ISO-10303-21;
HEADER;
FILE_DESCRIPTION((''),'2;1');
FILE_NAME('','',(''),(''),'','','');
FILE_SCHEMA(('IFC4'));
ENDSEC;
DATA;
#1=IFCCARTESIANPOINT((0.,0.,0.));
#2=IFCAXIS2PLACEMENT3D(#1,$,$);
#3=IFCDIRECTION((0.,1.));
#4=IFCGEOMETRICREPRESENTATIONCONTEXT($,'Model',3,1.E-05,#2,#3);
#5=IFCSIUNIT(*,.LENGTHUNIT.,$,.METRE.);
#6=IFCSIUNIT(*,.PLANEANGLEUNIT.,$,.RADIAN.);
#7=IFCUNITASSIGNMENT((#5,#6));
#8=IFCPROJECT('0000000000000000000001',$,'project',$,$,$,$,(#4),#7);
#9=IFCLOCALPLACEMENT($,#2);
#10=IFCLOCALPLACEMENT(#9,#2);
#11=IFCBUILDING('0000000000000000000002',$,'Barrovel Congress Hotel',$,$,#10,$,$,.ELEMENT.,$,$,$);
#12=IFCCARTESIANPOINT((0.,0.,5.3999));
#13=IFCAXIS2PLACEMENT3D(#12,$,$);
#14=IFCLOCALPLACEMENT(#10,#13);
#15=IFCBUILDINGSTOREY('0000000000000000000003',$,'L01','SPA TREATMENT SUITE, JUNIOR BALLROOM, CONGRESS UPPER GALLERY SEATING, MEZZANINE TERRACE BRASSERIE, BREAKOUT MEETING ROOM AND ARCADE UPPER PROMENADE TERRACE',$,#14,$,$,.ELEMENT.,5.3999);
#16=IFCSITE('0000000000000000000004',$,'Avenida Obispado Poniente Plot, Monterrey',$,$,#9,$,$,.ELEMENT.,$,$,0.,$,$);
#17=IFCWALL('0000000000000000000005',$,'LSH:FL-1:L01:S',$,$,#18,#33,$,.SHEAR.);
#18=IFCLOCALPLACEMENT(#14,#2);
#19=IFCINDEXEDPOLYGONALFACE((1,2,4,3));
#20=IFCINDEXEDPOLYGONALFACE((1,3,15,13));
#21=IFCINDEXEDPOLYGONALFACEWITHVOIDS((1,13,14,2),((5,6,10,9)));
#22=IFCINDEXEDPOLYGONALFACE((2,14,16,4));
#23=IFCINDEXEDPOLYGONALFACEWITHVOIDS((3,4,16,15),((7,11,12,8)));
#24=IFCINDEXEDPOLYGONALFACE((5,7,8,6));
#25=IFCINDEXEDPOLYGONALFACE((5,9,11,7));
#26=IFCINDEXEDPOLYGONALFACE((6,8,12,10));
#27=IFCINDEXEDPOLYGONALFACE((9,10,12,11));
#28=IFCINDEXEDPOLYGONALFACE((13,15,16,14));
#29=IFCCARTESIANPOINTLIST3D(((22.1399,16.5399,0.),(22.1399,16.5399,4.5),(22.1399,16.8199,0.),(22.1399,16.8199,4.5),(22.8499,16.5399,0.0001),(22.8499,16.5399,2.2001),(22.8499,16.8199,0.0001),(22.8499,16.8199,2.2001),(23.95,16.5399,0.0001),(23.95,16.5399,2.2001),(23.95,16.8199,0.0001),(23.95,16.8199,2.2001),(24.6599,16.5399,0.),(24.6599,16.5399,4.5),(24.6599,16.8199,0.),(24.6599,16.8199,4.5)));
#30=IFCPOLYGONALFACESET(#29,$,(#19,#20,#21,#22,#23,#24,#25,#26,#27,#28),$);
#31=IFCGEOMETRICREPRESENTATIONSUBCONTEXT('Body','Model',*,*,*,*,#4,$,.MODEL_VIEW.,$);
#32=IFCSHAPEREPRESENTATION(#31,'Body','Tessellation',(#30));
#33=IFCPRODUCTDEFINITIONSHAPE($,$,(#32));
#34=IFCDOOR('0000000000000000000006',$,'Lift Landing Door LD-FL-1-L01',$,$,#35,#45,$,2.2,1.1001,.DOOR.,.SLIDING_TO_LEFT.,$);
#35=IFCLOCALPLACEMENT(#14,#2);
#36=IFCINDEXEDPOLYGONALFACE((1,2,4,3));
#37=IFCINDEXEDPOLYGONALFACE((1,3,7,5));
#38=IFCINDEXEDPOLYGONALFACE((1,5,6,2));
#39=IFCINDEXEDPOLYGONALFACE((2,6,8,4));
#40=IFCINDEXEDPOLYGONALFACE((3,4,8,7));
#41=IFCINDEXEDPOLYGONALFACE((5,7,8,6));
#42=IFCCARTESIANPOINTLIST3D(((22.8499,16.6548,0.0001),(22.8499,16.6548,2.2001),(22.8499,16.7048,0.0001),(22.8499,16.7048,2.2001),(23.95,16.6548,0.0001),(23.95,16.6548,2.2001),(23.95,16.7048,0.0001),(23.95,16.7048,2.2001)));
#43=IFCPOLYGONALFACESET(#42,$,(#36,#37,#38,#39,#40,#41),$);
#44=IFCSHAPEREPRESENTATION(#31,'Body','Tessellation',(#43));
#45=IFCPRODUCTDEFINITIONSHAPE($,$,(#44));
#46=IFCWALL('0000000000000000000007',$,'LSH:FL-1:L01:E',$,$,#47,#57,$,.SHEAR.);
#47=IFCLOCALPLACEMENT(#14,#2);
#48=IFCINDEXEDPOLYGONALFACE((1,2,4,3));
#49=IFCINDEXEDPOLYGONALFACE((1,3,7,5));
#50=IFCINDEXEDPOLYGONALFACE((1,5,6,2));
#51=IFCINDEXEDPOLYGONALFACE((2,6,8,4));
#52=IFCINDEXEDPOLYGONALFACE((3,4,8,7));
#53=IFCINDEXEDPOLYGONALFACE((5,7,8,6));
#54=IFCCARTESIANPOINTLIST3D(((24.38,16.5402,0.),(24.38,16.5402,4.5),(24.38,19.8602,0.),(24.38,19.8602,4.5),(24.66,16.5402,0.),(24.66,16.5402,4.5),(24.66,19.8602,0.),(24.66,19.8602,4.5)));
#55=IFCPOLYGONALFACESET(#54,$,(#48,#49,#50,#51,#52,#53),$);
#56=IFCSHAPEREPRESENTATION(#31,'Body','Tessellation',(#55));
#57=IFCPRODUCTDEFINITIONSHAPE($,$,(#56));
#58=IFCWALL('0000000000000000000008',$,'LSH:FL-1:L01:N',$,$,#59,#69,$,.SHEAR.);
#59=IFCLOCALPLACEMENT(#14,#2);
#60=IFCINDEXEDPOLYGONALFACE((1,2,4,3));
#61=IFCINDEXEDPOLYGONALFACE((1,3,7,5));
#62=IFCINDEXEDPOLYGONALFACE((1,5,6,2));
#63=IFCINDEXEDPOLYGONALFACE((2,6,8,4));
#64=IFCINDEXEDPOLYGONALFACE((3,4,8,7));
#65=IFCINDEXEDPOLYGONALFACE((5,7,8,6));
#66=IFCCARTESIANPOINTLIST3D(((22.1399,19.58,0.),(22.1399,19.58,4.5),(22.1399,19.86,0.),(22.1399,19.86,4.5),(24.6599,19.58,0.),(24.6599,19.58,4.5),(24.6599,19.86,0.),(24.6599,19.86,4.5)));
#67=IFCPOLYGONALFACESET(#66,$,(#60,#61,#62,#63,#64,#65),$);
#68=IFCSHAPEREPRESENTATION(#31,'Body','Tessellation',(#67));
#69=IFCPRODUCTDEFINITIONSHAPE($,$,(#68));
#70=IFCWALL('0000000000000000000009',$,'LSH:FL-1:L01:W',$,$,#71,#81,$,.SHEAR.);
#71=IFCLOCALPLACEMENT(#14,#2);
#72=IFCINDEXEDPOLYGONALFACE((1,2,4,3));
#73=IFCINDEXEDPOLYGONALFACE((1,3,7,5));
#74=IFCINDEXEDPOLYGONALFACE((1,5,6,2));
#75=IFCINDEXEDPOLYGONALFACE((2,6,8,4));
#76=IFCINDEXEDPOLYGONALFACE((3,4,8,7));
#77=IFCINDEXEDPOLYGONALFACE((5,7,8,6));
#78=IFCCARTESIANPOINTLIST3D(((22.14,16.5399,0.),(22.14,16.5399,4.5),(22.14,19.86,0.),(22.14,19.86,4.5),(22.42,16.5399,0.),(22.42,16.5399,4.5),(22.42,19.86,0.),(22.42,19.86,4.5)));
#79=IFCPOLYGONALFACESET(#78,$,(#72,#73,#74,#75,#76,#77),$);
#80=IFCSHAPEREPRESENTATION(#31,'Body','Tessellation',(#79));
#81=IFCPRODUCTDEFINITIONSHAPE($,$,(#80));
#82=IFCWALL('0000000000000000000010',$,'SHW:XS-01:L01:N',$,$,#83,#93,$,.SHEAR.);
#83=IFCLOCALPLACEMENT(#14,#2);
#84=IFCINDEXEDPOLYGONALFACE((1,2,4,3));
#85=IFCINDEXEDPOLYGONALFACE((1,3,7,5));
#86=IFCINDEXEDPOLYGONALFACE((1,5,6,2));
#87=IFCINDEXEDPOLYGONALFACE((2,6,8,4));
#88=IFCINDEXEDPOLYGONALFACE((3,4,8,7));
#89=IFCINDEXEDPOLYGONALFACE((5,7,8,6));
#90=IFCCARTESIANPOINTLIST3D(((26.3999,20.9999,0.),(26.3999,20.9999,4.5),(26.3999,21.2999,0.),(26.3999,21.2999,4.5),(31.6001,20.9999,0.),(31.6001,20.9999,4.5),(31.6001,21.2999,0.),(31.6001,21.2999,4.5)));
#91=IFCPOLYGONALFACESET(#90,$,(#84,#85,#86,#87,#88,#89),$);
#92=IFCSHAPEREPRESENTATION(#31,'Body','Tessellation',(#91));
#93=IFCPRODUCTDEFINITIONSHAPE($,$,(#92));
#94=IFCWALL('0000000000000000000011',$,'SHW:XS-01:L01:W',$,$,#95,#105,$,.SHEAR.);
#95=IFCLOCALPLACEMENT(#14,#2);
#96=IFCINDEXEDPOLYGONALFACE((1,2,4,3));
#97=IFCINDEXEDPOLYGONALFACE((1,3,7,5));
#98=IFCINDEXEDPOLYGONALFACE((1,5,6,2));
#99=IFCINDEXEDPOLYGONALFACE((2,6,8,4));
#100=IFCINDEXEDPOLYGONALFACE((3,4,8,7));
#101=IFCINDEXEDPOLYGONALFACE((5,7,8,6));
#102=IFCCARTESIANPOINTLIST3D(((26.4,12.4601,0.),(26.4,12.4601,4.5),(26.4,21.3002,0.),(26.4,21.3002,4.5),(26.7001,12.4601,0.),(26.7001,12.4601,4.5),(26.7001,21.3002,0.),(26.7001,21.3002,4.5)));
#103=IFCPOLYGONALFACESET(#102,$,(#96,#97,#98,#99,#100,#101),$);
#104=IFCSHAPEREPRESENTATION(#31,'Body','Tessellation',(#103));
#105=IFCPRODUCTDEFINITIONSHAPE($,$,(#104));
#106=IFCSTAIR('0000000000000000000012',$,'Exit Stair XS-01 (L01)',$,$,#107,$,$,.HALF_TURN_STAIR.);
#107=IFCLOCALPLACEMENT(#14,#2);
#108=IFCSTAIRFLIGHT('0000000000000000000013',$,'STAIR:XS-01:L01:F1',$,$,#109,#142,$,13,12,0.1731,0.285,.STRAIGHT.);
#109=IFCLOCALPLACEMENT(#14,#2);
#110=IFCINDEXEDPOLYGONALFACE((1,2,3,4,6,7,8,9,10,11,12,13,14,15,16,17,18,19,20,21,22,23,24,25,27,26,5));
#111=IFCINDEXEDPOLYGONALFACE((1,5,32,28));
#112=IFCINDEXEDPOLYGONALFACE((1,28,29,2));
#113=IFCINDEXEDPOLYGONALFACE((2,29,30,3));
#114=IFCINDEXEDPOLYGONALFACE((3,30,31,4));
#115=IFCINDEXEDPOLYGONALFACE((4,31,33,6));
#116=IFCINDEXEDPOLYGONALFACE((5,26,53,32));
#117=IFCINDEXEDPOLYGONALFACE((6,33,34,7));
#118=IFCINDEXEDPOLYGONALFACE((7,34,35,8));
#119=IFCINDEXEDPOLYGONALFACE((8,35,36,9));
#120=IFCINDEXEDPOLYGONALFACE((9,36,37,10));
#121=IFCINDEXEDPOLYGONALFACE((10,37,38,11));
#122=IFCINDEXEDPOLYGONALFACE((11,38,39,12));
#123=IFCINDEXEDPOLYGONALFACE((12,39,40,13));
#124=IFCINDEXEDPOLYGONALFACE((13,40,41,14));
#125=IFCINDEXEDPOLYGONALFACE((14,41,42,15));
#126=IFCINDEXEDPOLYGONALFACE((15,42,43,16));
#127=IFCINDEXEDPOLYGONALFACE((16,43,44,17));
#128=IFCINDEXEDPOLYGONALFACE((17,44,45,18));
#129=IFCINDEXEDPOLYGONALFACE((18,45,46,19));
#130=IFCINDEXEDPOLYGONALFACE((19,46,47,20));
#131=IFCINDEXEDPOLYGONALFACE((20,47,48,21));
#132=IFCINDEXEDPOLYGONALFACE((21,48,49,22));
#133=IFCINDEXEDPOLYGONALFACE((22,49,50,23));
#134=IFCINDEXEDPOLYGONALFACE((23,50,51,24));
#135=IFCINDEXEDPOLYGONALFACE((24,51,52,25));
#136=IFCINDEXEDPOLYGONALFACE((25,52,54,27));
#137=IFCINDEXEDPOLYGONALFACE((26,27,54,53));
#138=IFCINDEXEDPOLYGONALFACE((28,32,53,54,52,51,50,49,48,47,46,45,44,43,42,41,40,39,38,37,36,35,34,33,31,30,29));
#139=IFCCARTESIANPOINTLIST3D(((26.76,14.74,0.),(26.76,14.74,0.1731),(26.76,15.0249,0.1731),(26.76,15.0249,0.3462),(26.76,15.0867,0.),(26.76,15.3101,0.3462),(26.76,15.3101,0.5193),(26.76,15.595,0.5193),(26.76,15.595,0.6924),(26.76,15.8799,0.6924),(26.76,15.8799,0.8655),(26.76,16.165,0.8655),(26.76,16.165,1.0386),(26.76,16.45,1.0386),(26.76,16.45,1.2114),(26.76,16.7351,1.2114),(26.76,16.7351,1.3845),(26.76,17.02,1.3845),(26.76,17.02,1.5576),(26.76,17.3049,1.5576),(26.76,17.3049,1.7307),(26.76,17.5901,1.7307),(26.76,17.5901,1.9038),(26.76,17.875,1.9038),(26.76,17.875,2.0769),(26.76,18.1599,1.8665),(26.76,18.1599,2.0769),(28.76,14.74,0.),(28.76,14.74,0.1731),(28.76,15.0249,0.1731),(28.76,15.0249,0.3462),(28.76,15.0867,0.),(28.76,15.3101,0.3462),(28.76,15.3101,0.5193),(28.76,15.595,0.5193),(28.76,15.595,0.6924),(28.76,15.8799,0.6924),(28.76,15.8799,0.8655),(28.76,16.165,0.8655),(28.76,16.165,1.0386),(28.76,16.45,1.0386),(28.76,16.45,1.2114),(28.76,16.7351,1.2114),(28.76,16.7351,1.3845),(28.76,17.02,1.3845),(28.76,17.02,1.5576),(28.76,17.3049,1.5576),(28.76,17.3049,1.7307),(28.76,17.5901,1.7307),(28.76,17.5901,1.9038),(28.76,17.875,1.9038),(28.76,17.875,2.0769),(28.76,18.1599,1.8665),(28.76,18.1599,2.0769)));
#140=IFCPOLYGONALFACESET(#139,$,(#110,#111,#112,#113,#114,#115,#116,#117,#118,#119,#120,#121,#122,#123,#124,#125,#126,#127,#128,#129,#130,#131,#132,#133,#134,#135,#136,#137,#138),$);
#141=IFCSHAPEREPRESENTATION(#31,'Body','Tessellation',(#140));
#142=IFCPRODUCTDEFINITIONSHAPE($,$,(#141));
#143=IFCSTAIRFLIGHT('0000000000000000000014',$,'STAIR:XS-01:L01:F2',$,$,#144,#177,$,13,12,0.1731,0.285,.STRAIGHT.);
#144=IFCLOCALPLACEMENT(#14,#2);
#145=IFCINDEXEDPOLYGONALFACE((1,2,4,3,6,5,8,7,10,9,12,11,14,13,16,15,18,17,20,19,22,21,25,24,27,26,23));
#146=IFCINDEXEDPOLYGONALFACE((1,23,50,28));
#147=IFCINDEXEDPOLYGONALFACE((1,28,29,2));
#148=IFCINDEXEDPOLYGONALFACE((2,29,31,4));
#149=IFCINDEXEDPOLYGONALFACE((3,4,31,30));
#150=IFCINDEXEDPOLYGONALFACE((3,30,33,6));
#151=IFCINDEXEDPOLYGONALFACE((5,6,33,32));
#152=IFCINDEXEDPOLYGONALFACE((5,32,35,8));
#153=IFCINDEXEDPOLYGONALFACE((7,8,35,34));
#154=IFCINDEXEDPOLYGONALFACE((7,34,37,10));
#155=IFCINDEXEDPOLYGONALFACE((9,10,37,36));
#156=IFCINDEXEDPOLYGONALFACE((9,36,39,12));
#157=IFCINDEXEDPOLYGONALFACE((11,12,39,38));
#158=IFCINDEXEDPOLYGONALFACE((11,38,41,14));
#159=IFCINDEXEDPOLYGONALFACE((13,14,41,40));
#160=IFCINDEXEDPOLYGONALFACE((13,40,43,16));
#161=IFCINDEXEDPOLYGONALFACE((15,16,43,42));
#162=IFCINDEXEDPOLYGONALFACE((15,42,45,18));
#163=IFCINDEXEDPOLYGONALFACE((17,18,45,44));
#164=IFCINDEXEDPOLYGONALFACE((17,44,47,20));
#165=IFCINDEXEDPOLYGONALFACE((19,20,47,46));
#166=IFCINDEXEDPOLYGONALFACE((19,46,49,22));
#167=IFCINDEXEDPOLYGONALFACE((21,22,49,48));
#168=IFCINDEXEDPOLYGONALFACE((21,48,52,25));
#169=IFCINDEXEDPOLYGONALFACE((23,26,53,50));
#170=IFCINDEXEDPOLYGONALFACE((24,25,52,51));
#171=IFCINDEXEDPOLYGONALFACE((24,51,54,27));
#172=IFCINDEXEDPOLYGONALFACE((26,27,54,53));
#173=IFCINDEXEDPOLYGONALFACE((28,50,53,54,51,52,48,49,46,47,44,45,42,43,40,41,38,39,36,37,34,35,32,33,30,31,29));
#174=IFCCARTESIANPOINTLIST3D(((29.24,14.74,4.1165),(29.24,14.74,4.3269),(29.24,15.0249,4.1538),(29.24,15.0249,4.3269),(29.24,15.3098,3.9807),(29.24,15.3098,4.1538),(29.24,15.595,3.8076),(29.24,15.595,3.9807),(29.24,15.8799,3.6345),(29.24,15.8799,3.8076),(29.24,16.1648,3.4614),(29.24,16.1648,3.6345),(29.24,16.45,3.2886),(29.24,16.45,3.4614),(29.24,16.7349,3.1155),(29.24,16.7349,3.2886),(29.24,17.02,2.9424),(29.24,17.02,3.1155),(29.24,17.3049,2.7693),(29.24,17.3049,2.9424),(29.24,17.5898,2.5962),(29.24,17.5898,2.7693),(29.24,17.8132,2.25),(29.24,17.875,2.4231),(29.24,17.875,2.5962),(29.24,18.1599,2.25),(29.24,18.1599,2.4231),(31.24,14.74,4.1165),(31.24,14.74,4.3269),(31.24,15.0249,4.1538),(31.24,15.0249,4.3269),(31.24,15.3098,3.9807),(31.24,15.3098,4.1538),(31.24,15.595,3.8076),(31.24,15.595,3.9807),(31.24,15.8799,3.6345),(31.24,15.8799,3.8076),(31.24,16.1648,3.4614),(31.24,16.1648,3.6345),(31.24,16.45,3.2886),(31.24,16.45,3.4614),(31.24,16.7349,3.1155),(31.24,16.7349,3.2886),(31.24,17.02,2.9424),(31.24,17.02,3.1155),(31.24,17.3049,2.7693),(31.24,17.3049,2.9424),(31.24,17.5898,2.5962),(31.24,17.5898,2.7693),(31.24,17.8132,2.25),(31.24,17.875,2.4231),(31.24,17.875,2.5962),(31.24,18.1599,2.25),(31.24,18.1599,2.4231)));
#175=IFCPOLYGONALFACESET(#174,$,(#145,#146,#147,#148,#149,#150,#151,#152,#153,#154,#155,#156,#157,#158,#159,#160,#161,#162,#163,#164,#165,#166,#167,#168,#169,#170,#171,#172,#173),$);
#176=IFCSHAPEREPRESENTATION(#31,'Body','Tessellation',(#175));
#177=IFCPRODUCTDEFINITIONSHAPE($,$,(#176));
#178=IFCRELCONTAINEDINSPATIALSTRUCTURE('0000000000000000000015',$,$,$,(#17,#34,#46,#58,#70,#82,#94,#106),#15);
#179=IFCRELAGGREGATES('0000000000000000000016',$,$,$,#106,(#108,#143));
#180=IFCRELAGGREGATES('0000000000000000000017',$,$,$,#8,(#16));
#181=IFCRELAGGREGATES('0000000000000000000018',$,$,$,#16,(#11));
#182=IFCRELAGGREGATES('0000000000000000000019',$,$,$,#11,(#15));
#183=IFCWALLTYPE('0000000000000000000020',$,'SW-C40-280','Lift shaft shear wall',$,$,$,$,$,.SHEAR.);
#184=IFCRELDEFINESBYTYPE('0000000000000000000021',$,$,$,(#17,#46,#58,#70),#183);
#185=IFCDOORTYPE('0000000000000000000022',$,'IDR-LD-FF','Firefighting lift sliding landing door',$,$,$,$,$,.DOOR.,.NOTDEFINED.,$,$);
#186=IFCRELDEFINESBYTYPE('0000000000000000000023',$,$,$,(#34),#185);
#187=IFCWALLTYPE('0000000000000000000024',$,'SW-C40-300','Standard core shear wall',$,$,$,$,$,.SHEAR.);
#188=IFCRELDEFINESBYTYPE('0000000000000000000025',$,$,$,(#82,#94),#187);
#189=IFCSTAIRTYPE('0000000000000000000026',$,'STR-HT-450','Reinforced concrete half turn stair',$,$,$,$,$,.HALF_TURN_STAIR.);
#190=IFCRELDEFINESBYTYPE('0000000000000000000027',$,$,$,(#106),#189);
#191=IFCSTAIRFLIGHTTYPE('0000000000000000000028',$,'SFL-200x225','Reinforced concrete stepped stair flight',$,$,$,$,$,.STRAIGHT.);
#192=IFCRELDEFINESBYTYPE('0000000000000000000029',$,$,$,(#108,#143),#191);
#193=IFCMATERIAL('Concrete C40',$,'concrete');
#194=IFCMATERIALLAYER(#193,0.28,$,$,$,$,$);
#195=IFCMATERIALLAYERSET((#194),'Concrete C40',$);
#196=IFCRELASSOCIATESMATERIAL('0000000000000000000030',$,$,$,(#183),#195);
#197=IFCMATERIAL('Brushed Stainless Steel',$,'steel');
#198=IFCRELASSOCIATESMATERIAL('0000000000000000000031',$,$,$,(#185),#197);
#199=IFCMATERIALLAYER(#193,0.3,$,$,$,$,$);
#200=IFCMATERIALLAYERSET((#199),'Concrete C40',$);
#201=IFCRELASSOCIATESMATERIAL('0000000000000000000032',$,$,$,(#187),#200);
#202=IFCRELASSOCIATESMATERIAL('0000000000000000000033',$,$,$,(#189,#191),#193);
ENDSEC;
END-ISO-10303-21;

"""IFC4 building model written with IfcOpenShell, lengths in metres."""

from ifc_helpers import new_model, si_unit, direction, frame, frame_2d, origin, place, context, subcontext, project, spatial, polyline, rectangle, outline, extrude, material, layer, layer_set, type_object, element, fill, aggregate, save


model = new_model("IFC4")

# Units and contexts
model_context = context("Model", 3, precision=1e-05, world=origin(), true_north=direction((0.0, 1.0)))
body_context = subcontext(model_context, "Body", "Model", "MODEL_VIEW")
ifc_project = project(units=[si_unit("LENGTHUNIT", "METRE"), si_unit("PLANEANGLEUNIT", "RADIAN")], contexts=[model_context])

# Site, building, storey
site_placement = place(None, origin())
site = spatial("IfcSite", under=ifc_project, at=site_placement, Name="Avenida Obispado Poniente Plot, Monterrey", CompositionType="ELEMENT", RefElevation=0.0)
building_placement = place(site_placement, origin())
building = spatial("IfcBuilding", under=site, at=building_placement, Name="Barrovel Congress Hotel", CompositionType="ELEMENT")
storey_placement = place(building_placement, frame((0.0, 0.0, 5.3999)))
storey = spatial("IfcBuildingStorey", under=building, at=storey_placement, Name="L01", Description="SPA TREATMENT SUITE, JUNIOR BALLROOM, CONGRESS UPPER GALLERY SEATING, MEZZANINE TERRACE BRASSERIE, BREAKOUT MEETING ROOM AND ARCADE UPPER PROMENADE TERRACE", CompositionType="ELEMENT", Elevation=5.3999)

# Shared definitions
ifc_material_1 = material(Name="Concrete C40", Category="concrete")

# Wall, opening, door
ifc_layer_1 = layer(ifc_material_1, 0.28)
ifc_layer_set_1 = layer_set([ifc_layer_1], Name="Concrete C40")
wall_type_1 = type_object("IfcWallType", Name="SW-C40-280", Description="Lift shaft shear wall", PredefinedType="SHEAR", material=ifc_layer_set_1)
wall_1_placement = place(storey_placement, frame((22.1399, 16.6799, 0.0), z_axis=(0.0, 0.0, 1.0), x_axis=(1.0, 0.0, 0.0)))
wall_1 = element("IfcWall", 1, at=wall_1_placement, inside=storey, type_object=wall_type_1, Name="LSH:FL-1:L01:S", PredefinedType="SHEAR", context=body_context, shape_type="SweptSolid", body=[
    extrude(rectangle(XDim=2.52, YDim=0.28, at=frame_2d((1.26, 0.0))), origin(), (0.0, 0.0, 1.0), 4.5),
])
opening_1_placement = place(wall_1_placement, frame((0.71, 0.0, 0.0)))
opening_1 = element("IfcOpeningElement", 2, at=opening_1_placement, cuts=wall_1, PredefinedType="OPENING", context=body_context, shape_type="SweptSolid", body=[
    extrude(rectangle(XDim=1.1001, YDim=2.2, at=frame_2d((0.55, 1.1001))), frame((0.0, 0.1499, 0.0), z_axis=(0.0, -1.0, 0.0), x_axis=(1.0, 0.0, 0.0)), (0.0, 0.0, 1.0), 0.3),
])
ifc_material_2 = material(Name="Brushed Stainless Steel", Category="steel")
door_type_1 = type_object("IfcDoorType", Name="IDR-LD-FF", Description="Firefighting lift sliding landing door", OperationType="NOTDEFINED", PredefinedType="DOOR", material=ifc_material_2)
door_1_placement = place(opening_1_placement, origin())
door_1 = element("IfcDoor", 3, at=door_1_placement, inside=storey, type_object=door_type_1, Name="Lift Landing Door LD-FL-1-L01", OperationType="SLIDING_TO_LEFT", OverallHeight=2.2, OverallWidth=1.1001, PredefinedType="DOOR", context=body_context, shape_type="SweptSolid", body=[
    extrude(rectangle(XDim=1.1001, YDim=2.2, at=frame_2d((0.55, 1.1001))), frame((0.0, 0.0249, 0.0), z_axis=(0.0, -1.0, 0.0), x_axis=(1.0, 0.0, 0.0)), (0.0, 0.0, 1.0), 0.05),
])
fill(opening_1, door_1)

# Walls
wall_2_placement = place(storey_placement, frame((24.52, 16.54, 0.0), z_axis=(0.0, 0.0, 1.0), x_axis=(0.0, 1.0, 0.0)))
element("IfcWall", 4, at=wall_2_placement, inside=storey, type_object=wall_type_1, Name="LSH:FL-1:L01:E", PredefinedType="SHEAR", context=body_context, shape_type="SweptSolid", body=[
    extrude(rectangle(XDim=3.3201, YDim=0.28, at=frame_2d((1.6602, 0.0))), origin(), (0.0, 0.0, 1.0), 4.5),
])
wall_3_placement = place(storey_placement, frame((24.6599, 19.72, 0.0), z_axis=(0.0, 0.0, 1.0), x_axis=(-1.0, 0.0, 0.0)))
element("IfcWall", 5, at=wall_3_placement, inside=storey, type_object=wall_type_1, Name="LSH:FL-1:L01:N", PredefinedType="SHEAR", context=body_context, shape_type="SweptSolid", body=[
    extrude(rectangle(XDim=2.52, YDim=0.28, at=frame_2d((1.26, 0.0))), origin(), (0.0, 0.0, 1.0), 4.5),
])
wall_4_placement = place(storey_placement, frame((22.28, 19.8601, 0.0), z_axis=(0.0, 0.0, 1.0), x_axis=(0.0, -1.0, 0.0)))
element("IfcWall", 6, at=wall_4_placement, inside=storey, type_object=wall_type_1, Name="LSH:FL-1:L01:W", PredefinedType="SHEAR", context=body_context, shape_type="SweptSolid", body=[
    extrude(rectangle(XDim=3.3201, YDim=0.28, at=frame_2d((1.6602, 0.0))), origin(), (0.0, 0.0, 1.0), 4.5),
])
ifc_layer_2 = layer(ifc_material_1, 0.3)
ifc_layer_set_2 = layer_set([ifc_layer_2], Name="Concrete C40")
wall_type_2 = type_object("IfcWallType", Name="SW-C40-300", Description="Standard core shear wall", PredefinedType="SHEAR", material=ifc_layer_set_2)
wall_5_placement = place(storey_placement, frame((31.6001, 21.1499, 0.0), z_axis=(0.0, 0.0, 1.0), x_axis=(-1.0, 0.0, 0.0)))
element("IfcWall", 7, at=wall_5_placement, inside=storey, type_object=wall_type_2, Name="SHW:XS-01:L01:N", PredefinedType="SHEAR", context=body_context, shape_type="SweptSolid", body=[
    extrude(rectangle(XDim=5.2002, YDim=0.3, at=frame_2d((2.6001, 0.0))), origin(), (0.0, 0.0, 1.0), 4.5),
])
wall_6_placement = place(storey_placement, frame((26.55, 21.3, 0.0), z_axis=(0.0, 0.0, 1.0), x_axis=(0.0, -1.0, 0.0)))
element("IfcWall", 8, at=wall_6_placement, inside=storey, type_object=wall_type_2, Name="SHW:XS-01:L01:W", PredefinedType="SHEAR", context=body_context, shape_type="SweptSolid", body=[
    extrude(rectangle(XDim=8.8401, YDim=0.3, at=frame_2d((4.4199, 0.0))), origin(), (0.0, 0.0, 1.0), 4.5),
])

# Stair, stair flights
stair_type = type_object("IfcStairType", Name="STR-HT-450", Description="Reinforced concrete half turn stair", PredefinedType="HALF_TURN_STAIR", material=ifc_material_1)
stair_placement = place(storey_placement, origin())
stair = element("IfcStair", 9, at=stair_placement, inside=storey, type_object=stair_type, Name="Exit Stair XS-01 (L01)", PredefinedType="HALF_TURN_STAIR")
stair_flight_type = type_object("IfcStairFlightType", Name="SFL-200x225", Description="Reinforced concrete stepped stair flight", PredefinedType="STRAIGHT", material=ifc_material_1)
stair_flight_1_placement = place(storey_placement, frame((27.76, 14.74, 0.0), z_axis=(0.0, 0.0, 1.0), x_axis=(0.0, 1.0, 0.0)))
stair_flight_1 = element("IfcStairFlight", 10, at=stair_flight_1_placement, type_object=stair_flight_type, Name="STAIR:XS-01:L01:F1", NumberOfRisers=13, NumberOfTreads=12, PredefinedType="STRAIGHT", RiserHeight=0.1731, TreadLength=0.285, context=body_context, shape_type="SweptSolid", body=[
    extrude(outline(polyline([(0.0, 0.0), (0.0, 0.1731), (0.2849, 0.1731), (0.2849, 0.3462), (0.5701, 0.3462), (0.5701, 0.5193), (0.855, 0.5193), (0.855, 0.6924), (1.1399, 0.6924), (1.1399, 0.8655), (1.425, 0.8655), (1.425, 1.0386), (1.71, 1.0386), (1.71, 1.2114), (1.9951, 1.2114), (1.9951, 1.3845), (2.28, 1.3845), (2.28, 1.5576), (2.5649, 1.5576), (2.5649, 1.7307), (2.8501, 1.7307), (2.8501, 1.9038), (3.135, 1.9038), (3.135, 2.0769), (3.4199, 2.0769), (3.4199, 2.25), (3.4199, 1.8665), (0.3467, 0.0), (0.0, 0.0)])), frame((0.0, 1.0, 0.0), z_axis=(0.0, -1.0, 0.0), x_axis=(1.0, 0.0, 0.0)), (0.0, 0.0, 1.0), 2.0),
])
stair_flight_2_placement = place(storey_placement, frame((30.24, 18.1599, 2.25), z_axis=(0.0, 0.0, 1.0), x_axis=(0.0, -1.0, 0.0)))
stair_flight_2 = element("IfcStairFlight", 11, at=stair_flight_2_placement, type_object=stair_flight_type, Name="STAIR:XS-01:L01:F2", NumberOfRisers=13, NumberOfTreads=12, PredefinedType="STRAIGHT", RiserHeight=0.1731, TreadLength=0.285, context=body_context, shape_type="SweptSolid", body=[
    extrude(outline(polyline([(0.0, 0.0), (0.0, 0.1731), (0.2849, 0.1731), (0.2849, 0.3462), (0.5701, 0.3462), (0.5701, 0.5193), (0.855, 0.5193), (0.855, 0.6924), (1.1399, 0.6924), (1.1399, 0.8655), (1.425, 0.8655), (1.425, 1.0386), (1.71, 1.0386), (1.71, 1.2114), (1.9951, 1.2114), (1.9951, 1.3845), (2.28, 1.3845), (2.28, 1.5576), (2.5649, 1.5576), (2.5649, 1.7307), (2.8501, 1.7307), (2.8501, 1.9038), (3.135, 1.9038), (3.135, 2.0769), (3.4199, 2.0769), (3.4199, 2.25), (3.4199, 1.8665), (0.3467, 0.0), (0.0, 0.0)])), frame((0.0, 1.0, 0.0), z_axis=(0.0, -1.0, 0.0), x_axis=(1.0, 0.0, 0.0)), (0.0, 0.0, 1.0), 2.0),
])
aggregate(stair, [stair_flight_1, stair_flight_2])

save(model, "model.ifc")
